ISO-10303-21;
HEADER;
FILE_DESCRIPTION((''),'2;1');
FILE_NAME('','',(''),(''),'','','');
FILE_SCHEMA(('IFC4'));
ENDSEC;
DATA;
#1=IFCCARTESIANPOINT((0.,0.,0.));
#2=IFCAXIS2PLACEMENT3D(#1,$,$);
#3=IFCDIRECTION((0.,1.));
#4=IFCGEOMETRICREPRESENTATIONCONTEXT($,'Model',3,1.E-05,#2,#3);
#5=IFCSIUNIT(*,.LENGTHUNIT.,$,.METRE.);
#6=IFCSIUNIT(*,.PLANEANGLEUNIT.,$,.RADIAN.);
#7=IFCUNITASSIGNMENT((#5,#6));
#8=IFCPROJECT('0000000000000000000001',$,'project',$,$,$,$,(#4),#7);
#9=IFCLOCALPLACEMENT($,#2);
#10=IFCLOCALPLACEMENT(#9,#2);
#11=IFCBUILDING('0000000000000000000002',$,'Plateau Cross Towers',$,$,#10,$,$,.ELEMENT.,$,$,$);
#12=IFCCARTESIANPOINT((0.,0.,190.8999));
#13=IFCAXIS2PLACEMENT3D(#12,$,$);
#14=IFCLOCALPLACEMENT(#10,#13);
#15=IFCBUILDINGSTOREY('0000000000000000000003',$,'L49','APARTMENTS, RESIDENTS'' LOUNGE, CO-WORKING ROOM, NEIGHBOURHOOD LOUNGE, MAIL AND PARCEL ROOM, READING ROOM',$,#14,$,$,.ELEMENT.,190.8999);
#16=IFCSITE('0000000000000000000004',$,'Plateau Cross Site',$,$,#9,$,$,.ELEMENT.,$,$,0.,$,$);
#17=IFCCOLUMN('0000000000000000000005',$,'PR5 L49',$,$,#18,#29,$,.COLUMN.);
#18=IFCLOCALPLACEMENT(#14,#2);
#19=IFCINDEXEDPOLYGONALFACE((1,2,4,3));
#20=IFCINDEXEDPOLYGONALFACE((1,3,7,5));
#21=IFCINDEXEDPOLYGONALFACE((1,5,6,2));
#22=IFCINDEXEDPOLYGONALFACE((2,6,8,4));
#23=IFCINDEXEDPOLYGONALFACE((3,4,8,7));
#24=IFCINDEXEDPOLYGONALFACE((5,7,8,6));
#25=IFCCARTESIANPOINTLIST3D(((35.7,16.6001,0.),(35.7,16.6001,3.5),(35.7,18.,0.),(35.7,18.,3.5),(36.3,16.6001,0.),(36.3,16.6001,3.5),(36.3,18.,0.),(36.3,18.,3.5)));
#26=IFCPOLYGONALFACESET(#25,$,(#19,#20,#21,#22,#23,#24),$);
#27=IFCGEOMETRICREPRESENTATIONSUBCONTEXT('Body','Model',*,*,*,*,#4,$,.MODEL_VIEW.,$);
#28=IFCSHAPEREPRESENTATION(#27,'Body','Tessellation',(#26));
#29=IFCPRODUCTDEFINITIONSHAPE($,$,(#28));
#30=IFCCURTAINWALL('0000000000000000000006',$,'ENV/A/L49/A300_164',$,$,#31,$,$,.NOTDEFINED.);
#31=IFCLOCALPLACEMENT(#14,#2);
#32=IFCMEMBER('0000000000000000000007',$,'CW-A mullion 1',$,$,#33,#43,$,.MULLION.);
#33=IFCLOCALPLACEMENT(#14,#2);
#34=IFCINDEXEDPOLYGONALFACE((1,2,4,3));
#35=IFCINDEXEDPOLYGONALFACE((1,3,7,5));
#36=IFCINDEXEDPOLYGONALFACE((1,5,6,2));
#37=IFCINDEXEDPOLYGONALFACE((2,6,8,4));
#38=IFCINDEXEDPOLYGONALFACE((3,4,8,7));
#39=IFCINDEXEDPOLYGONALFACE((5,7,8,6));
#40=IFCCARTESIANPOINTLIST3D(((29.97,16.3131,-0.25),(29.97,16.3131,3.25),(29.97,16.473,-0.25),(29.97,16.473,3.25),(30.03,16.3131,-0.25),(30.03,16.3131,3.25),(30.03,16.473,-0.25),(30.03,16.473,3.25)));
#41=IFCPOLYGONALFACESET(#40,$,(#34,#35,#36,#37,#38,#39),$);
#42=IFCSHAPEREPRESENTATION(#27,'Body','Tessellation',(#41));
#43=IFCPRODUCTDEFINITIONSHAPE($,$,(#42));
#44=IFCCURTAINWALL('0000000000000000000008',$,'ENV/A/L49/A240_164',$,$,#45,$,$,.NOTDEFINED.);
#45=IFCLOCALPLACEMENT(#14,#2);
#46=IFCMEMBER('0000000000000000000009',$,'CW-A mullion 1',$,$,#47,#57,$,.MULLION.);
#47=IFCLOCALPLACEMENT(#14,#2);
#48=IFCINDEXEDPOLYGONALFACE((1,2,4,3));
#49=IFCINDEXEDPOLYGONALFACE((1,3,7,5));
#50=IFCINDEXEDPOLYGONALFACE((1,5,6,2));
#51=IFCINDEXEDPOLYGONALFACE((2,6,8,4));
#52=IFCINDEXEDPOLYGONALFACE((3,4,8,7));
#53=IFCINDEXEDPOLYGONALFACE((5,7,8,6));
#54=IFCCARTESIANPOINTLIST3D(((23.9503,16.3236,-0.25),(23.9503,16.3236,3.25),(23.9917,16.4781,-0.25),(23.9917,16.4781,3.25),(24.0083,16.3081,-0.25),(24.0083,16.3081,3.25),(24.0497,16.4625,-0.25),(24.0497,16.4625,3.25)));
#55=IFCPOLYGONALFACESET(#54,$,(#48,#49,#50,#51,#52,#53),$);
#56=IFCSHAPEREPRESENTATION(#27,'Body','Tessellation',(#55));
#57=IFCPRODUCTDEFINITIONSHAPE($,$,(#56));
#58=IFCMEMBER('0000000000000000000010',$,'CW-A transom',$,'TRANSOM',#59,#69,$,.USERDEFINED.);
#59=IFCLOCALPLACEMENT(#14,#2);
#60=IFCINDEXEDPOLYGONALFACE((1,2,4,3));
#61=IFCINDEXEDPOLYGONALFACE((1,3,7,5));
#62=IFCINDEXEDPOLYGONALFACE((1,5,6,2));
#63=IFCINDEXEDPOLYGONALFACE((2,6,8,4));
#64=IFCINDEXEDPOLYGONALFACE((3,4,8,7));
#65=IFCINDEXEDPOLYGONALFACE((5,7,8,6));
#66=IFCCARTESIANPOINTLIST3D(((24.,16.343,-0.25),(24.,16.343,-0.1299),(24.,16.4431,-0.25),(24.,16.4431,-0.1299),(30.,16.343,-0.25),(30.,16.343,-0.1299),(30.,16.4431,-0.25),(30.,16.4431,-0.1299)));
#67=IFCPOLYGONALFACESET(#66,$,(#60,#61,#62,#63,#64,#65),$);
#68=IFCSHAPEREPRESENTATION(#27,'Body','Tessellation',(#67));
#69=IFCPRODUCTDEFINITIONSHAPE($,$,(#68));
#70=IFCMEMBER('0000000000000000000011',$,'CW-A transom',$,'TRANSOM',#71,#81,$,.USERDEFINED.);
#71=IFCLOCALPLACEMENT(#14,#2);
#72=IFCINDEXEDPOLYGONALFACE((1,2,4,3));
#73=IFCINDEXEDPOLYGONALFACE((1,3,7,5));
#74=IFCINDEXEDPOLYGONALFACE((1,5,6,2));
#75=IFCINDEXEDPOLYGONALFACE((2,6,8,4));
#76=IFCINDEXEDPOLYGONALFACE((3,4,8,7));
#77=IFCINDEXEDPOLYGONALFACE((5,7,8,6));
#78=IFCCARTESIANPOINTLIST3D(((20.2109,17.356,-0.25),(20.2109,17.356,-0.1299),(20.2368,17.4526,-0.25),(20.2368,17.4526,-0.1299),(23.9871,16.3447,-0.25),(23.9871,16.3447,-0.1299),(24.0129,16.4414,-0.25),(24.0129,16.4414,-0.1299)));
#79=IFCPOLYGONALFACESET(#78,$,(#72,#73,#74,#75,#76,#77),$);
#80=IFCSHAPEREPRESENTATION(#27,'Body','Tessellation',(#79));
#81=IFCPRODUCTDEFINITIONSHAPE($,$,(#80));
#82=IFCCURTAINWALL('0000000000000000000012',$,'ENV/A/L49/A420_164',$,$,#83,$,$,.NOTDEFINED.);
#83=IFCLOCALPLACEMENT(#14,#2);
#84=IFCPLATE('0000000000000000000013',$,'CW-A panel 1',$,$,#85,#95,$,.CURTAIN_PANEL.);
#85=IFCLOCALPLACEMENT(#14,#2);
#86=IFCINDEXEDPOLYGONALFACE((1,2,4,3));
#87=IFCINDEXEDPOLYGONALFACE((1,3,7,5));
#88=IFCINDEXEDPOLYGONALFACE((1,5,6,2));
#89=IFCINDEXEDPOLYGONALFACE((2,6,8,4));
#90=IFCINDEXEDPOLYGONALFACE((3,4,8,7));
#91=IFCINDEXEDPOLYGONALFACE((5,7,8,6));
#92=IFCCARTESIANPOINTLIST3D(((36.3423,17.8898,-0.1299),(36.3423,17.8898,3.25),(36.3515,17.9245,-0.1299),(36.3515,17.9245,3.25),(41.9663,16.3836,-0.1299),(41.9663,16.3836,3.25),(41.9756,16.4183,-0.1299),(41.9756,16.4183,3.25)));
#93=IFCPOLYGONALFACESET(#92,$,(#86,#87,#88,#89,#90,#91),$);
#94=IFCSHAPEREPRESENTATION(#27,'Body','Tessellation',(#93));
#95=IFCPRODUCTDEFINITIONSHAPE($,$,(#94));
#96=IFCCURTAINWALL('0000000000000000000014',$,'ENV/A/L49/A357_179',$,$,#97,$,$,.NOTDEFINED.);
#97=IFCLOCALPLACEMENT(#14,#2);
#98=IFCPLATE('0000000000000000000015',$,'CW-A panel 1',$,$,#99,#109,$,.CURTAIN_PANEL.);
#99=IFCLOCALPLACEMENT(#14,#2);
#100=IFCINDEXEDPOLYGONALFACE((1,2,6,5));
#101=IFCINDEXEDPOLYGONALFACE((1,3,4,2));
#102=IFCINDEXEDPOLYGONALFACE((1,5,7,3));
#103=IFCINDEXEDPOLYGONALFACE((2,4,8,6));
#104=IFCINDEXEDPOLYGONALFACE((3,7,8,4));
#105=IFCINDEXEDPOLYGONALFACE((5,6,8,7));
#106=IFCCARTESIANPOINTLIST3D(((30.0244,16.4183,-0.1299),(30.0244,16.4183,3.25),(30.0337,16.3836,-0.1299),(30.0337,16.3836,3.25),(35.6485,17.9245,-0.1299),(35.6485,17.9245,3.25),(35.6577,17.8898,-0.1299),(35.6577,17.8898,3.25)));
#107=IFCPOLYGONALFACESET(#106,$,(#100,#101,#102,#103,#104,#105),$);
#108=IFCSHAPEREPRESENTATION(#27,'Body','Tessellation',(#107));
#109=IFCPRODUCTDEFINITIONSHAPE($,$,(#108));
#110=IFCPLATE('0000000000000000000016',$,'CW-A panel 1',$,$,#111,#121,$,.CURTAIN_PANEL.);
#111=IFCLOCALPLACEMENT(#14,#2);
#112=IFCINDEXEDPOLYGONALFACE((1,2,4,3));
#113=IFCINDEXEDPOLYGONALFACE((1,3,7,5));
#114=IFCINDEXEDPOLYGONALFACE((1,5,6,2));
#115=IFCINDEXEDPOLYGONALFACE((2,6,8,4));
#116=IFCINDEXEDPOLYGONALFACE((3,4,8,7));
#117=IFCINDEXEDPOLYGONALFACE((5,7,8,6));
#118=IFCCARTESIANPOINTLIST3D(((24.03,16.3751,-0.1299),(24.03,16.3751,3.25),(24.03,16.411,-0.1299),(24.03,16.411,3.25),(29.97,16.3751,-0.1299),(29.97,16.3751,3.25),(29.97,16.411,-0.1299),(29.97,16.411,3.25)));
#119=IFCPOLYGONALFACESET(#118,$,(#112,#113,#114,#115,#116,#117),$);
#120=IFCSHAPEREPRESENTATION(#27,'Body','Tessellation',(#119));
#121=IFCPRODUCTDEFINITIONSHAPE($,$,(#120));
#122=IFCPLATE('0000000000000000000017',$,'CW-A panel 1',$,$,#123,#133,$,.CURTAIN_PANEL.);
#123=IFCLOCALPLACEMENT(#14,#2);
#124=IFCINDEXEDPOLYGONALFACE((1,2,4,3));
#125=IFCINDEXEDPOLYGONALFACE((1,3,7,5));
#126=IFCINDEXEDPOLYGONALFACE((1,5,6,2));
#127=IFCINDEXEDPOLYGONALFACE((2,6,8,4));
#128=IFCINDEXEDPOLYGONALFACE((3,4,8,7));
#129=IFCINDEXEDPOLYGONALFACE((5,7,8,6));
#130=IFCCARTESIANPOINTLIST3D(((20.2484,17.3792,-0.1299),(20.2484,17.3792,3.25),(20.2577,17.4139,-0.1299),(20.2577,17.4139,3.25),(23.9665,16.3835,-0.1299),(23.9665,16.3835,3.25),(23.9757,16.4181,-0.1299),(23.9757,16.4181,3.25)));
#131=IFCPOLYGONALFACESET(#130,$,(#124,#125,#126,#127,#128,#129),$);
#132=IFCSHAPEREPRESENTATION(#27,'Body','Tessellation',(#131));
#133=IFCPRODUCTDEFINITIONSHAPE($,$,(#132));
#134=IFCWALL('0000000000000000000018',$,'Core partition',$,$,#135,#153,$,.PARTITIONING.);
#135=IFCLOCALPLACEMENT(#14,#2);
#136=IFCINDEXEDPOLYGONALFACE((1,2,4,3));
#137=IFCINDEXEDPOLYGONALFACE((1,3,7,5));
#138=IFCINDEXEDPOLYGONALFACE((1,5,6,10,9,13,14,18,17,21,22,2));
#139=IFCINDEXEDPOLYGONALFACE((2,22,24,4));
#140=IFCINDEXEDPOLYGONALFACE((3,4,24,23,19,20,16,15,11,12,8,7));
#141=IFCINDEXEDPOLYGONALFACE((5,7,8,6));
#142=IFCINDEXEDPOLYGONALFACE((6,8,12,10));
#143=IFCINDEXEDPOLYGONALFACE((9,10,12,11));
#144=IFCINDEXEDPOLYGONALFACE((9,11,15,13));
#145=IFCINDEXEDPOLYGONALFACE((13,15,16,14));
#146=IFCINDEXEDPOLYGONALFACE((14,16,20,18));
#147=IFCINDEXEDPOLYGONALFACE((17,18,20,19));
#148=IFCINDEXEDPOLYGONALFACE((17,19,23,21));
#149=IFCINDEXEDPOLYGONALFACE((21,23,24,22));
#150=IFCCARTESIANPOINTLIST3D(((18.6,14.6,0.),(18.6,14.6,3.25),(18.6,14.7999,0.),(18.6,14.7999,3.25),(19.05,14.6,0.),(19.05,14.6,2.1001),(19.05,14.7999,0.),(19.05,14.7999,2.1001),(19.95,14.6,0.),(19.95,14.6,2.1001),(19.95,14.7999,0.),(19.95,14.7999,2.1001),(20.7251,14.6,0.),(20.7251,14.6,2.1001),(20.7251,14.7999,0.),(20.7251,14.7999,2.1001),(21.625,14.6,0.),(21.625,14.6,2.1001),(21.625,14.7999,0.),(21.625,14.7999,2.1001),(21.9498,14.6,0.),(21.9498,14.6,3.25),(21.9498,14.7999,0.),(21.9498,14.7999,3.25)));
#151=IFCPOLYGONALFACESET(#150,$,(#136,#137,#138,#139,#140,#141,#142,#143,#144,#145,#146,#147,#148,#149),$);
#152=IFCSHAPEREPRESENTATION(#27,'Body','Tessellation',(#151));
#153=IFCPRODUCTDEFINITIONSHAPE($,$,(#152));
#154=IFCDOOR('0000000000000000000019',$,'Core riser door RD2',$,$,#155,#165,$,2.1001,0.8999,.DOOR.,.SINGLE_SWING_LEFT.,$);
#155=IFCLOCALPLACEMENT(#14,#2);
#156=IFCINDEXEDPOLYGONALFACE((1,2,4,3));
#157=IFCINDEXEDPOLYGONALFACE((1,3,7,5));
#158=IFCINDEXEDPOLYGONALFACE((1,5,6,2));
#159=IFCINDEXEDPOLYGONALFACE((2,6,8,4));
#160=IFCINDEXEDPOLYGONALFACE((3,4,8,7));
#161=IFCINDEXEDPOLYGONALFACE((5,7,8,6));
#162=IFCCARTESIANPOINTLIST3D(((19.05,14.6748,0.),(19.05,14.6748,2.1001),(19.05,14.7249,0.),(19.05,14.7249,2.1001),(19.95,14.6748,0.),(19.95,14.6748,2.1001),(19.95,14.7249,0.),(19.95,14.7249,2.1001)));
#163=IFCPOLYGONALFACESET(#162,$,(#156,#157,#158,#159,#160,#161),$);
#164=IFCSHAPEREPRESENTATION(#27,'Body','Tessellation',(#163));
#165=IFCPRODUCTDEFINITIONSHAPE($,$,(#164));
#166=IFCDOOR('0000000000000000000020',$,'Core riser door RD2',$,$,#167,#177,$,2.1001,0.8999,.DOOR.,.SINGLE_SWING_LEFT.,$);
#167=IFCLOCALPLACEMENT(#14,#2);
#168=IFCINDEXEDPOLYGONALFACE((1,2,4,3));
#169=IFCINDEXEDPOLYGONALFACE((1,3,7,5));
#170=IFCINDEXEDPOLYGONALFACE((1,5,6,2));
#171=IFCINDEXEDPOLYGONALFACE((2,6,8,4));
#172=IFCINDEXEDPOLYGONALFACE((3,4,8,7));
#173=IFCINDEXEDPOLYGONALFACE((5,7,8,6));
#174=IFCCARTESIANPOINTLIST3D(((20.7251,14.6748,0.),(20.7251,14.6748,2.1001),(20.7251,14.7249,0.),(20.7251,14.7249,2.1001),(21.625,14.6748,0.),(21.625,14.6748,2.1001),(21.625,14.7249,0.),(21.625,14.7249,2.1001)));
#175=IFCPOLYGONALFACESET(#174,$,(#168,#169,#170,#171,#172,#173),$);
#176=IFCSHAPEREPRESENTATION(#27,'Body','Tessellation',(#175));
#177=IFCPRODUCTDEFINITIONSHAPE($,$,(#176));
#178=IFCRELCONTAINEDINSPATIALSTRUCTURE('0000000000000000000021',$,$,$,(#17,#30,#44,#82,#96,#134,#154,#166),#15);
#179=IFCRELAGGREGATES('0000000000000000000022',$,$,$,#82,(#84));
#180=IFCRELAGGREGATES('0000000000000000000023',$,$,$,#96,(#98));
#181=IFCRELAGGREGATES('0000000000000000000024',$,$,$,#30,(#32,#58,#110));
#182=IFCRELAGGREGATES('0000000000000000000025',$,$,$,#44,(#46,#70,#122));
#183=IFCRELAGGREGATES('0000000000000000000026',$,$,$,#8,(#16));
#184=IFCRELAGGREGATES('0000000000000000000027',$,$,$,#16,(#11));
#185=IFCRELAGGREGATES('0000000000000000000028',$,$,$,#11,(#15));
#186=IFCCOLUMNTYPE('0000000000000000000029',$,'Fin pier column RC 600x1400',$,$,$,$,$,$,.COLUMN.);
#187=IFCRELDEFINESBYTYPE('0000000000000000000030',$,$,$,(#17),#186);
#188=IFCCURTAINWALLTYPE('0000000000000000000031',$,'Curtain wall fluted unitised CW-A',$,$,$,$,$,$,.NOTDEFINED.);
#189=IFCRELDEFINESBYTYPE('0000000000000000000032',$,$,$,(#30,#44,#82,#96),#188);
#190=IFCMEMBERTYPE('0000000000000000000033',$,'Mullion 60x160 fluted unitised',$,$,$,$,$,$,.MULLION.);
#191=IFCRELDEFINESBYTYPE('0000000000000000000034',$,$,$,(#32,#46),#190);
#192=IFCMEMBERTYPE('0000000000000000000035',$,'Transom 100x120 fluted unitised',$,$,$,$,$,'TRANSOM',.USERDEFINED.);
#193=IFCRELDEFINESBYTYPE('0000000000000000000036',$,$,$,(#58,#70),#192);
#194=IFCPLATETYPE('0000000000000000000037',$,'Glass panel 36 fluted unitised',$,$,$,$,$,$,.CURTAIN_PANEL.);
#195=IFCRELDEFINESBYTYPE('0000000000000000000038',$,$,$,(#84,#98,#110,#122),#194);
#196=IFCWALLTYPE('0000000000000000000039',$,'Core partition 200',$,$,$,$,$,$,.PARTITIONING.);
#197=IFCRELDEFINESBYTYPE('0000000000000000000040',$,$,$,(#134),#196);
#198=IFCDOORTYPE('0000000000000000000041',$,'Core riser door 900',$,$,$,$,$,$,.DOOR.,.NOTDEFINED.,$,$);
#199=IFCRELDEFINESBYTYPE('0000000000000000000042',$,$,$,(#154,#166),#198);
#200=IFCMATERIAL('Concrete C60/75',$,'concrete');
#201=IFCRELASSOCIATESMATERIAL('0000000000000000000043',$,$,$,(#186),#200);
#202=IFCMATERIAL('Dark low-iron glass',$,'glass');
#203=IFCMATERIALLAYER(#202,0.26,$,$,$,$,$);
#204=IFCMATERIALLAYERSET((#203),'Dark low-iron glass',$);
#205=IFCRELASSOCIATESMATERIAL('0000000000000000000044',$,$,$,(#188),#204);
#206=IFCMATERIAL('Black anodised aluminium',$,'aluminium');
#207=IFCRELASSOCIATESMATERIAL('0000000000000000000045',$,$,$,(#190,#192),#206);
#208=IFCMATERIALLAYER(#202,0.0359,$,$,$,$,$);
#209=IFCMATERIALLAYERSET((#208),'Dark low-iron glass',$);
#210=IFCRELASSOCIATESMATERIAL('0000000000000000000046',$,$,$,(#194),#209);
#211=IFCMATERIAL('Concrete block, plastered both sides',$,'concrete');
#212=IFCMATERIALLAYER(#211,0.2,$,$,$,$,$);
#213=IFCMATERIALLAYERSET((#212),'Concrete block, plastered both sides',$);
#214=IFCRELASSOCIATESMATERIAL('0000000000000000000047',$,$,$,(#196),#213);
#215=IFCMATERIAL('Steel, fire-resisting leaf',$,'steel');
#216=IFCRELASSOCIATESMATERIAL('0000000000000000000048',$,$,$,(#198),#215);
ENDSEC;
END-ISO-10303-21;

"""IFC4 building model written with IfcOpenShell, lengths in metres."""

from ifc_helpers import new_model, si_unit, direction, frame, frame_2d, origin, origin_2d, place, context, subcontext, project, spatial, rectangle, extrude, material, layer, layer_set, material_profile, profile_set, type_object, element, fill, aggregate, save


model = new_model("IFC4")

# Units and contexts
model_context = context("Model", 3, precision=1e-05, world=origin(), true_north=direction((0.0, 1.0)))
body_context = subcontext(model_context, "Body", "Model", "MODEL_VIEW")
ifc_project = project(units=[si_unit("LENGTHUNIT", "METRE"), si_unit("PLANEANGLEUNIT", "RADIAN")], contexts=[model_context])

# Site, building, storey
site_placement = place(None, origin())
site = spatial("IfcSite", under=ifc_project, at=site_placement, Name="Plateau Cross Site", CompositionType="ELEMENT", RefElevation=0.0)
building_placement = place(site_placement, origin())
building = spatial("IfcBuilding", under=site, at=building_placement, Name="Plateau Cross Towers", CompositionType="ELEMENT")
storey_placement = place(building_placement, frame((0.0, 0.0, 190.8999)))
storey = spatial("IfcBuildingStorey", under=building, at=storey_placement, Name="L49", Description="APARTMENTS, RESIDENTS' LOUNGE, CO-WORKING ROOM, NEIGHBOURHOOD LOUNGE, MAIL AND PARCEL ROOM, READING ROOM", CompositionType="ELEMENT", Elevation=190.8999)

# Column
ifc_material_1 = material(Name="Concrete C60/75", Category="concrete")
ifc_material_profile_1 = material_profile(ifc_material_1, rectangle(XDim=0.6001, YDim=1.3999, at=origin_2d()), Name="RC 600x1400")
ifc_profile_set_1 = profile_set([ifc_material_profile_1], Name="Concrete C60/75")
column_type = type_object("IfcColumnType", Name="Fin pier column RC 600x1400", PredefinedType="COLUMN", material=ifc_profile_set_1)
column_placement = place(storey_placement, frame((36.0, 17.3, 0.0), z_axis=(0.0, 0.0, 1.0), x_axis=(1.0, 0.0, 0.0)))
element("IfcColumn", 1, at=column_placement, inside=storey, type_object=column_type, Name="PR5 L49", PredefinedType="COLUMN", context=body_context, shape_type="SweptSolid", body=[
    extrude(rectangle(XDim=0.6001, YDim=1.3999, at=origin_2d()), origin(), (0.0, 0.0, 1.0), 3.5),
])

# Curtain walls, members
ifc_material_2 = material(Name="Dark low-iron glass", Category="glass")
ifc_layer_1 = layer(ifc_material_2, 0.26)
ifc_layer_set_1 = layer_set([ifc_layer_1], Name="Dark low-iron glass")
curtain_wall_type = type_object("IfcCurtainWallType", Name="Curtain wall fluted unitised CW-A", PredefinedType="NOTDEFINED", material=ifc_layer_set_1)
curtain_wall_1_placement = place(storey_placement, origin())
curtain_wall_1 = element("IfcCurtainWall", 2, at=curtain_wall_1_placement, inside=storey, type_object=curtain_wall_type, Name="ENV/A/L49/A300_164", PredefinedType="NOTDEFINED")
ifc_material_3 = material(Name="Black anodised aluminium", Category="aluminium")
ifc_material_profile_2 = material_profile(ifc_material_3, rectangle(XDim=0.0601, YDim=0.1599, at=origin_2d()), Name="MULLION 60x160")
ifc_profile_set_2 = profile_set([ifc_material_profile_2], Name="Black anodised aluminium")
member_type_1 = type_object("IfcMemberType", Name="Mullion 60x160 fluted unitised", PredefinedType="MULLION", material=ifc_profile_set_2)
member_1_placement = place(storey_placement, frame((30.0, 16.3931, -0.25), z_axis=(0.0, 0.0, 1.0), x_axis=(-1.0, 0.0, 0.0)))
member_1 = element("IfcMember", 3, at=member_1_placement, type_object=member_type_1, Name="CW-A mullion 1", PredefinedType="MULLION", context=body_context, shape_type="SweptSolid", body=[
    extrude(rectangle(XDim=0.0601, YDim=0.1599, at=origin_2d()), origin(), (0.0, 0.0, 1.0), 3.5),
])
curtain_wall_2_placement = place(storey_placement, origin())
curtain_wall_2 = element("IfcCurtainWall", 4, at=curtain_wall_2_placement, inside=storey, type_object=curtain_wall_type, Name="ENV/A/L49/A240_164", PredefinedType="NOTDEFINED")
member_2_placement = place(storey_placement, frame((24.0, 16.3931, -0.25), z_axis=(0.0, 0.0, 1.0), x_axis=(-0.965958, 0.258699, 0.0)))
member_2 = element("IfcMember", 5, at=member_2_placement, type_object=member_type_1, Name="CW-A mullion 1", PredefinedType="MULLION", context=body_context, shape_type="SweptSolid", body=[
    extrude(rectangle(XDim=0.0601, YDim=0.1599, at=origin_2d()), origin(), (0.0, 0.0, 1.0), 3.5),
])

# Members
ifc_material_profile_3 = material_profile(ifc_material_3, rectangle(XDim=0.1001, YDim=0.1201, at=origin_2d()), Name="TRANSOM 100x120")
ifc_profile_set_3 = profile_set([ifc_material_profile_3], Name="Black anodised aluminium")
member_type_2 = type_object("IfcMemberType", Name="Transom 100x120 fluted unitised", ElementType="TRANSOM", PredefinedType="USERDEFINED", material=ifc_profile_set_3)
member_3_placement = place(storey_placement, frame((30.0, 16.3931, -0.1899), z_axis=(-1.0, 0.0, 0.0), x_axis=(0.0, -1.0, 0.0)))
member_3 = element("IfcMember", 6, at=member_3_placement, type_object=member_type_2, Name="CW-A transom", ObjectType="TRANSOM", PredefinedType="USERDEFINED", context=body_context, shape_type="SweptSolid", body=[
    extrude(rectangle(XDim=0.1001, YDim=0.1201, at=origin_2d()), origin(), (0.0, 0.0, 1.0), 6.0),
])
member_4_placement = place(storey_placement, frame((24.0, 16.3931, -0.1899), z_axis=(-0.965963, 0.258681, 0.0), x_axis=(-0.258681, -0.965963, 0.0)))
member_4 = element("IfcMember", 7, at=member_4_placement, type_object=member_type_2, Name="CW-A transom", ObjectType="TRANSOM", PredefinedType="USERDEFINED", context=body_context, shape_type="SweptSolid", body=[
    extrude(rectangle(XDim=0.1001, YDim=0.1201, at=origin_2d()), origin(), (0.0, 0.0, 1.0), 3.9092),
])

# Curtain walls, plates
curtain_wall_3_placement = place(storey_placement, origin())
curtain_wall_3 = element("IfcCurtainWall", 8, at=curtain_wall_3_placement, inside=storey, type_object=curtain_wall_type, Name="ENV/A/L49/A420_164", PredefinedType="NOTDEFINED")
ifc_layer_2 = layer(ifc_material_2, 0.0359)
ifc_layer_set_2 = layer_set([ifc_layer_2], Name="Dark low-iron glass")
plate_type = type_object("IfcPlateType", Name="Glass panel 36 fluted unitised", PredefinedType="CURTAIN_PANEL", material=ifc_layer_set_2)
plate_1_placement = place(storey_placement, frame((39.1589, 17.1541, -0.1299), z_axis=(0.0, 0.0, 1.0), x_axis=(-0.965958, 0.258699, 0.0)))
plate_1 = element("IfcPlate", 9, at=plate_1_placement, type_object=plate_type, Name="CW-A panel 1", PredefinedType="CURTAIN_PANEL", context=body_context, shape_type="SweptSolid", body=[
    extrude(rectangle(XDim=5.8223, YDim=0.0359, at=origin_2d()), origin(), (0.0, 0.0, 1.0), 3.3799),
])
aggregate(curtain_wall_3, [plate_1])
curtain_wall_4_placement = place(storey_placement, origin())
curtain_wall_4 = element("IfcCurtainWall", 10, at=curtain_wall_4_placement, inside=storey, type_object=curtain_wall_type, Name="ENV/A/L49/A357_179", PredefinedType="NOTDEFINED")
plate_2_placement = place(storey_placement, frame((32.8411, 17.1541, -0.1299), z_axis=(0.0, 0.0, 1.0), x_axis=(-0.965958, -0.258699, 0.0)))
plate_2 = element("IfcPlate", 11, at=plate_2_placement, type_object=plate_type, Name="CW-A panel 1", PredefinedType="CURTAIN_PANEL", context=body_context, shape_type="SweptSolid", body=[
    extrude(rectangle(XDim=5.8223, YDim=0.0359, at=origin_2d()), origin(), (0.0, 0.0, 1.0), 3.3799),
])
aggregate(curtain_wall_4, [plate_2])

# Plates
plate_3_placement = place(storey_placement, frame((27.0, 16.3931, -0.1299), z_axis=(0.0, 0.0, 1.0), x_axis=(-1.0, 0.0, 0.0)))
plate_3 = element("IfcPlate", 12, at=plate_3_placement, type_object=plate_type, Name="CW-A panel 1", PredefinedType="CURTAIN_PANEL", context=body_context, shape_type="SweptSolid", body=[
    extrude(rectangle(XDim=5.9399, YDim=0.0359, at=origin_2d()), origin(), (0.0, 0.0, 1.0), 3.3799),
])
aggregate(curtain_wall_1, [member_1, member_3, plate_3])
plate_4_placement = place(storey_placement, frame((22.1121, 16.8987, -0.1299), z_axis=(0.0, 0.0, 1.0), x_axis=(-0.965958, 0.258699, 0.0)))
plate_4 = element("IfcPlate", 13, at=plate_4_placement, type_object=plate_type, Name="CW-A panel 1", PredefinedType="CURTAIN_PANEL", context=body_context, shape_type="SweptSolid", body=[
    extrude(rectangle(XDim=3.8491, YDim=0.0359, at=origin_2d()), origin(), (0.0, 0.0, 1.0), 3.3799),
])
aggregate(curtain_wall_2, [member_2, member_4, plate_4])

# Wall, openings, doors
ifc_material_4 = material(Name="Concrete block, plastered both sides", Category="concrete")
ifc_layer_3 = layer(ifc_material_4, 0.2)
ifc_layer_set_3 = layer_set([ifc_layer_3], Name="Concrete block, plastered both sides")
wall_type_1 = type_object("IfcWallType", Name="Core partition 200", PredefinedType="PARTITIONING", material=ifc_layer_set_3)
wall_1_placement = place(storey_placement, frame((18.6001, 14.7, 0.0), z_axis=(0.0, 0.0, 1.0), x_axis=(1.0, 0.0, 0.0)))
wall_1 = element("IfcWall", 14, at=wall_1_placement, inside=storey, type_object=wall_type_1, Name="Core partition", PredefinedType="PARTITIONING", context=body_context, shape_type="SweptSolid", body=[
    extrude(rectangle(XDim=3.3499, YDim=0.2, at=frame_2d((1.6748, 0.0))), origin(), (0.0, 0.0, 1.0), 3.25),
])
opening_1_placement = place(wall_1_placement, frame((0.45, 0.0, 0.0)))
opening_1 = element("IfcOpeningElement", 15, at=opening_1_placement, cuts=wall_1, PredefinedType="OPENING", context=body_context, shape_type="SweptSolid", body=[
    extrude(rectangle(XDim=0.8999, YDim=2.1001, at=frame_2d((0.45, 1.05))), frame((0.0, 0.1099, 0.0), z_axis=(0.0, -1.0, 0.0), x_axis=(1.0, 0.0, 0.0)), (0.0, 0.0, 1.0), 0.22),
])
opening_2_placement = place(wall_1_placement, frame((2.125, 0.0, 0.0)))
opening_2 = element("IfcOpeningElement", 16, at=opening_2_placement, cuts=wall_1, PredefinedType="OPENING", context=body_context, shape_type="SweptSolid", body=[
    extrude(rectangle(XDim=0.8999, YDim=2.1001, at=frame_2d((0.45, 1.05))), frame((0.0, 0.1099, 0.0), z_axis=(0.0, -1.0, 0.0), x_axis=(1.0, 0.0, 0.0)), (0.0, 0.0, 1.0), 0.22),
])
ifc_material_5 = material(Name="Steel, fire-resisting leaf", Category="steel")
door_type_1 = type_object("IfcDoorType", Name="Core riser door 900", OperationType="NOTDEFINED", PredefinedType="DOOR", material=ifc_material_5)
door_1_placement = place(opening_1_placement, origin())
door_1 = element("IfcDoor", 17, at=door_1_placement, inside=storey, type_object=door_type_1, Name="Core riser door RD2", OperationType="SINGLE_SWING_LEFT", OverallHeight=2.1001, OverallWidth=0.8999, PredefinedType="DOOR", context=body_context, shape_type="SweptSolid", body=[
    extrude(rectangle(XDim=0.8999, YDim=2.1001, at=frame_2d((0.45, 1.05))), frame((0.0, 0.0249, 0.0), z_axis=(0.0, -1.0, 0.0), x_axis=(1.0, 0.0, 0.0)), (0.0, 0.0, 1.0), 0.05),
])
fill(opening_1, door_1)
door_2_placement = place(opening_2_placement, origin())
door_2 = element("IfcDoor", 18, at=door_2_placement, inside=storey, type_object=door_type_1, Name="Core riser door RD2", OperationType="SINGLE_SWING_LEFT", OverallHeight=2.1001, OverallWidth=0.8999, PredefinedType="DOOR", context=body_context, shape_type="SweptSolid", body=[
    extrude(rectangle(XDim=0.8999, YDim=2.1001, at=frame_2d((0.45, 1.05))), frame((0.0, 0.0249, 0.0), z_axis=(0.0, -1.0, 0.0), x_axis=(1.0, 0.0, 0.0)), (0.0, 0.0, 1.0), 0.05),
])
fill(opening_2, door_2)

save(model, "model.ifc")
